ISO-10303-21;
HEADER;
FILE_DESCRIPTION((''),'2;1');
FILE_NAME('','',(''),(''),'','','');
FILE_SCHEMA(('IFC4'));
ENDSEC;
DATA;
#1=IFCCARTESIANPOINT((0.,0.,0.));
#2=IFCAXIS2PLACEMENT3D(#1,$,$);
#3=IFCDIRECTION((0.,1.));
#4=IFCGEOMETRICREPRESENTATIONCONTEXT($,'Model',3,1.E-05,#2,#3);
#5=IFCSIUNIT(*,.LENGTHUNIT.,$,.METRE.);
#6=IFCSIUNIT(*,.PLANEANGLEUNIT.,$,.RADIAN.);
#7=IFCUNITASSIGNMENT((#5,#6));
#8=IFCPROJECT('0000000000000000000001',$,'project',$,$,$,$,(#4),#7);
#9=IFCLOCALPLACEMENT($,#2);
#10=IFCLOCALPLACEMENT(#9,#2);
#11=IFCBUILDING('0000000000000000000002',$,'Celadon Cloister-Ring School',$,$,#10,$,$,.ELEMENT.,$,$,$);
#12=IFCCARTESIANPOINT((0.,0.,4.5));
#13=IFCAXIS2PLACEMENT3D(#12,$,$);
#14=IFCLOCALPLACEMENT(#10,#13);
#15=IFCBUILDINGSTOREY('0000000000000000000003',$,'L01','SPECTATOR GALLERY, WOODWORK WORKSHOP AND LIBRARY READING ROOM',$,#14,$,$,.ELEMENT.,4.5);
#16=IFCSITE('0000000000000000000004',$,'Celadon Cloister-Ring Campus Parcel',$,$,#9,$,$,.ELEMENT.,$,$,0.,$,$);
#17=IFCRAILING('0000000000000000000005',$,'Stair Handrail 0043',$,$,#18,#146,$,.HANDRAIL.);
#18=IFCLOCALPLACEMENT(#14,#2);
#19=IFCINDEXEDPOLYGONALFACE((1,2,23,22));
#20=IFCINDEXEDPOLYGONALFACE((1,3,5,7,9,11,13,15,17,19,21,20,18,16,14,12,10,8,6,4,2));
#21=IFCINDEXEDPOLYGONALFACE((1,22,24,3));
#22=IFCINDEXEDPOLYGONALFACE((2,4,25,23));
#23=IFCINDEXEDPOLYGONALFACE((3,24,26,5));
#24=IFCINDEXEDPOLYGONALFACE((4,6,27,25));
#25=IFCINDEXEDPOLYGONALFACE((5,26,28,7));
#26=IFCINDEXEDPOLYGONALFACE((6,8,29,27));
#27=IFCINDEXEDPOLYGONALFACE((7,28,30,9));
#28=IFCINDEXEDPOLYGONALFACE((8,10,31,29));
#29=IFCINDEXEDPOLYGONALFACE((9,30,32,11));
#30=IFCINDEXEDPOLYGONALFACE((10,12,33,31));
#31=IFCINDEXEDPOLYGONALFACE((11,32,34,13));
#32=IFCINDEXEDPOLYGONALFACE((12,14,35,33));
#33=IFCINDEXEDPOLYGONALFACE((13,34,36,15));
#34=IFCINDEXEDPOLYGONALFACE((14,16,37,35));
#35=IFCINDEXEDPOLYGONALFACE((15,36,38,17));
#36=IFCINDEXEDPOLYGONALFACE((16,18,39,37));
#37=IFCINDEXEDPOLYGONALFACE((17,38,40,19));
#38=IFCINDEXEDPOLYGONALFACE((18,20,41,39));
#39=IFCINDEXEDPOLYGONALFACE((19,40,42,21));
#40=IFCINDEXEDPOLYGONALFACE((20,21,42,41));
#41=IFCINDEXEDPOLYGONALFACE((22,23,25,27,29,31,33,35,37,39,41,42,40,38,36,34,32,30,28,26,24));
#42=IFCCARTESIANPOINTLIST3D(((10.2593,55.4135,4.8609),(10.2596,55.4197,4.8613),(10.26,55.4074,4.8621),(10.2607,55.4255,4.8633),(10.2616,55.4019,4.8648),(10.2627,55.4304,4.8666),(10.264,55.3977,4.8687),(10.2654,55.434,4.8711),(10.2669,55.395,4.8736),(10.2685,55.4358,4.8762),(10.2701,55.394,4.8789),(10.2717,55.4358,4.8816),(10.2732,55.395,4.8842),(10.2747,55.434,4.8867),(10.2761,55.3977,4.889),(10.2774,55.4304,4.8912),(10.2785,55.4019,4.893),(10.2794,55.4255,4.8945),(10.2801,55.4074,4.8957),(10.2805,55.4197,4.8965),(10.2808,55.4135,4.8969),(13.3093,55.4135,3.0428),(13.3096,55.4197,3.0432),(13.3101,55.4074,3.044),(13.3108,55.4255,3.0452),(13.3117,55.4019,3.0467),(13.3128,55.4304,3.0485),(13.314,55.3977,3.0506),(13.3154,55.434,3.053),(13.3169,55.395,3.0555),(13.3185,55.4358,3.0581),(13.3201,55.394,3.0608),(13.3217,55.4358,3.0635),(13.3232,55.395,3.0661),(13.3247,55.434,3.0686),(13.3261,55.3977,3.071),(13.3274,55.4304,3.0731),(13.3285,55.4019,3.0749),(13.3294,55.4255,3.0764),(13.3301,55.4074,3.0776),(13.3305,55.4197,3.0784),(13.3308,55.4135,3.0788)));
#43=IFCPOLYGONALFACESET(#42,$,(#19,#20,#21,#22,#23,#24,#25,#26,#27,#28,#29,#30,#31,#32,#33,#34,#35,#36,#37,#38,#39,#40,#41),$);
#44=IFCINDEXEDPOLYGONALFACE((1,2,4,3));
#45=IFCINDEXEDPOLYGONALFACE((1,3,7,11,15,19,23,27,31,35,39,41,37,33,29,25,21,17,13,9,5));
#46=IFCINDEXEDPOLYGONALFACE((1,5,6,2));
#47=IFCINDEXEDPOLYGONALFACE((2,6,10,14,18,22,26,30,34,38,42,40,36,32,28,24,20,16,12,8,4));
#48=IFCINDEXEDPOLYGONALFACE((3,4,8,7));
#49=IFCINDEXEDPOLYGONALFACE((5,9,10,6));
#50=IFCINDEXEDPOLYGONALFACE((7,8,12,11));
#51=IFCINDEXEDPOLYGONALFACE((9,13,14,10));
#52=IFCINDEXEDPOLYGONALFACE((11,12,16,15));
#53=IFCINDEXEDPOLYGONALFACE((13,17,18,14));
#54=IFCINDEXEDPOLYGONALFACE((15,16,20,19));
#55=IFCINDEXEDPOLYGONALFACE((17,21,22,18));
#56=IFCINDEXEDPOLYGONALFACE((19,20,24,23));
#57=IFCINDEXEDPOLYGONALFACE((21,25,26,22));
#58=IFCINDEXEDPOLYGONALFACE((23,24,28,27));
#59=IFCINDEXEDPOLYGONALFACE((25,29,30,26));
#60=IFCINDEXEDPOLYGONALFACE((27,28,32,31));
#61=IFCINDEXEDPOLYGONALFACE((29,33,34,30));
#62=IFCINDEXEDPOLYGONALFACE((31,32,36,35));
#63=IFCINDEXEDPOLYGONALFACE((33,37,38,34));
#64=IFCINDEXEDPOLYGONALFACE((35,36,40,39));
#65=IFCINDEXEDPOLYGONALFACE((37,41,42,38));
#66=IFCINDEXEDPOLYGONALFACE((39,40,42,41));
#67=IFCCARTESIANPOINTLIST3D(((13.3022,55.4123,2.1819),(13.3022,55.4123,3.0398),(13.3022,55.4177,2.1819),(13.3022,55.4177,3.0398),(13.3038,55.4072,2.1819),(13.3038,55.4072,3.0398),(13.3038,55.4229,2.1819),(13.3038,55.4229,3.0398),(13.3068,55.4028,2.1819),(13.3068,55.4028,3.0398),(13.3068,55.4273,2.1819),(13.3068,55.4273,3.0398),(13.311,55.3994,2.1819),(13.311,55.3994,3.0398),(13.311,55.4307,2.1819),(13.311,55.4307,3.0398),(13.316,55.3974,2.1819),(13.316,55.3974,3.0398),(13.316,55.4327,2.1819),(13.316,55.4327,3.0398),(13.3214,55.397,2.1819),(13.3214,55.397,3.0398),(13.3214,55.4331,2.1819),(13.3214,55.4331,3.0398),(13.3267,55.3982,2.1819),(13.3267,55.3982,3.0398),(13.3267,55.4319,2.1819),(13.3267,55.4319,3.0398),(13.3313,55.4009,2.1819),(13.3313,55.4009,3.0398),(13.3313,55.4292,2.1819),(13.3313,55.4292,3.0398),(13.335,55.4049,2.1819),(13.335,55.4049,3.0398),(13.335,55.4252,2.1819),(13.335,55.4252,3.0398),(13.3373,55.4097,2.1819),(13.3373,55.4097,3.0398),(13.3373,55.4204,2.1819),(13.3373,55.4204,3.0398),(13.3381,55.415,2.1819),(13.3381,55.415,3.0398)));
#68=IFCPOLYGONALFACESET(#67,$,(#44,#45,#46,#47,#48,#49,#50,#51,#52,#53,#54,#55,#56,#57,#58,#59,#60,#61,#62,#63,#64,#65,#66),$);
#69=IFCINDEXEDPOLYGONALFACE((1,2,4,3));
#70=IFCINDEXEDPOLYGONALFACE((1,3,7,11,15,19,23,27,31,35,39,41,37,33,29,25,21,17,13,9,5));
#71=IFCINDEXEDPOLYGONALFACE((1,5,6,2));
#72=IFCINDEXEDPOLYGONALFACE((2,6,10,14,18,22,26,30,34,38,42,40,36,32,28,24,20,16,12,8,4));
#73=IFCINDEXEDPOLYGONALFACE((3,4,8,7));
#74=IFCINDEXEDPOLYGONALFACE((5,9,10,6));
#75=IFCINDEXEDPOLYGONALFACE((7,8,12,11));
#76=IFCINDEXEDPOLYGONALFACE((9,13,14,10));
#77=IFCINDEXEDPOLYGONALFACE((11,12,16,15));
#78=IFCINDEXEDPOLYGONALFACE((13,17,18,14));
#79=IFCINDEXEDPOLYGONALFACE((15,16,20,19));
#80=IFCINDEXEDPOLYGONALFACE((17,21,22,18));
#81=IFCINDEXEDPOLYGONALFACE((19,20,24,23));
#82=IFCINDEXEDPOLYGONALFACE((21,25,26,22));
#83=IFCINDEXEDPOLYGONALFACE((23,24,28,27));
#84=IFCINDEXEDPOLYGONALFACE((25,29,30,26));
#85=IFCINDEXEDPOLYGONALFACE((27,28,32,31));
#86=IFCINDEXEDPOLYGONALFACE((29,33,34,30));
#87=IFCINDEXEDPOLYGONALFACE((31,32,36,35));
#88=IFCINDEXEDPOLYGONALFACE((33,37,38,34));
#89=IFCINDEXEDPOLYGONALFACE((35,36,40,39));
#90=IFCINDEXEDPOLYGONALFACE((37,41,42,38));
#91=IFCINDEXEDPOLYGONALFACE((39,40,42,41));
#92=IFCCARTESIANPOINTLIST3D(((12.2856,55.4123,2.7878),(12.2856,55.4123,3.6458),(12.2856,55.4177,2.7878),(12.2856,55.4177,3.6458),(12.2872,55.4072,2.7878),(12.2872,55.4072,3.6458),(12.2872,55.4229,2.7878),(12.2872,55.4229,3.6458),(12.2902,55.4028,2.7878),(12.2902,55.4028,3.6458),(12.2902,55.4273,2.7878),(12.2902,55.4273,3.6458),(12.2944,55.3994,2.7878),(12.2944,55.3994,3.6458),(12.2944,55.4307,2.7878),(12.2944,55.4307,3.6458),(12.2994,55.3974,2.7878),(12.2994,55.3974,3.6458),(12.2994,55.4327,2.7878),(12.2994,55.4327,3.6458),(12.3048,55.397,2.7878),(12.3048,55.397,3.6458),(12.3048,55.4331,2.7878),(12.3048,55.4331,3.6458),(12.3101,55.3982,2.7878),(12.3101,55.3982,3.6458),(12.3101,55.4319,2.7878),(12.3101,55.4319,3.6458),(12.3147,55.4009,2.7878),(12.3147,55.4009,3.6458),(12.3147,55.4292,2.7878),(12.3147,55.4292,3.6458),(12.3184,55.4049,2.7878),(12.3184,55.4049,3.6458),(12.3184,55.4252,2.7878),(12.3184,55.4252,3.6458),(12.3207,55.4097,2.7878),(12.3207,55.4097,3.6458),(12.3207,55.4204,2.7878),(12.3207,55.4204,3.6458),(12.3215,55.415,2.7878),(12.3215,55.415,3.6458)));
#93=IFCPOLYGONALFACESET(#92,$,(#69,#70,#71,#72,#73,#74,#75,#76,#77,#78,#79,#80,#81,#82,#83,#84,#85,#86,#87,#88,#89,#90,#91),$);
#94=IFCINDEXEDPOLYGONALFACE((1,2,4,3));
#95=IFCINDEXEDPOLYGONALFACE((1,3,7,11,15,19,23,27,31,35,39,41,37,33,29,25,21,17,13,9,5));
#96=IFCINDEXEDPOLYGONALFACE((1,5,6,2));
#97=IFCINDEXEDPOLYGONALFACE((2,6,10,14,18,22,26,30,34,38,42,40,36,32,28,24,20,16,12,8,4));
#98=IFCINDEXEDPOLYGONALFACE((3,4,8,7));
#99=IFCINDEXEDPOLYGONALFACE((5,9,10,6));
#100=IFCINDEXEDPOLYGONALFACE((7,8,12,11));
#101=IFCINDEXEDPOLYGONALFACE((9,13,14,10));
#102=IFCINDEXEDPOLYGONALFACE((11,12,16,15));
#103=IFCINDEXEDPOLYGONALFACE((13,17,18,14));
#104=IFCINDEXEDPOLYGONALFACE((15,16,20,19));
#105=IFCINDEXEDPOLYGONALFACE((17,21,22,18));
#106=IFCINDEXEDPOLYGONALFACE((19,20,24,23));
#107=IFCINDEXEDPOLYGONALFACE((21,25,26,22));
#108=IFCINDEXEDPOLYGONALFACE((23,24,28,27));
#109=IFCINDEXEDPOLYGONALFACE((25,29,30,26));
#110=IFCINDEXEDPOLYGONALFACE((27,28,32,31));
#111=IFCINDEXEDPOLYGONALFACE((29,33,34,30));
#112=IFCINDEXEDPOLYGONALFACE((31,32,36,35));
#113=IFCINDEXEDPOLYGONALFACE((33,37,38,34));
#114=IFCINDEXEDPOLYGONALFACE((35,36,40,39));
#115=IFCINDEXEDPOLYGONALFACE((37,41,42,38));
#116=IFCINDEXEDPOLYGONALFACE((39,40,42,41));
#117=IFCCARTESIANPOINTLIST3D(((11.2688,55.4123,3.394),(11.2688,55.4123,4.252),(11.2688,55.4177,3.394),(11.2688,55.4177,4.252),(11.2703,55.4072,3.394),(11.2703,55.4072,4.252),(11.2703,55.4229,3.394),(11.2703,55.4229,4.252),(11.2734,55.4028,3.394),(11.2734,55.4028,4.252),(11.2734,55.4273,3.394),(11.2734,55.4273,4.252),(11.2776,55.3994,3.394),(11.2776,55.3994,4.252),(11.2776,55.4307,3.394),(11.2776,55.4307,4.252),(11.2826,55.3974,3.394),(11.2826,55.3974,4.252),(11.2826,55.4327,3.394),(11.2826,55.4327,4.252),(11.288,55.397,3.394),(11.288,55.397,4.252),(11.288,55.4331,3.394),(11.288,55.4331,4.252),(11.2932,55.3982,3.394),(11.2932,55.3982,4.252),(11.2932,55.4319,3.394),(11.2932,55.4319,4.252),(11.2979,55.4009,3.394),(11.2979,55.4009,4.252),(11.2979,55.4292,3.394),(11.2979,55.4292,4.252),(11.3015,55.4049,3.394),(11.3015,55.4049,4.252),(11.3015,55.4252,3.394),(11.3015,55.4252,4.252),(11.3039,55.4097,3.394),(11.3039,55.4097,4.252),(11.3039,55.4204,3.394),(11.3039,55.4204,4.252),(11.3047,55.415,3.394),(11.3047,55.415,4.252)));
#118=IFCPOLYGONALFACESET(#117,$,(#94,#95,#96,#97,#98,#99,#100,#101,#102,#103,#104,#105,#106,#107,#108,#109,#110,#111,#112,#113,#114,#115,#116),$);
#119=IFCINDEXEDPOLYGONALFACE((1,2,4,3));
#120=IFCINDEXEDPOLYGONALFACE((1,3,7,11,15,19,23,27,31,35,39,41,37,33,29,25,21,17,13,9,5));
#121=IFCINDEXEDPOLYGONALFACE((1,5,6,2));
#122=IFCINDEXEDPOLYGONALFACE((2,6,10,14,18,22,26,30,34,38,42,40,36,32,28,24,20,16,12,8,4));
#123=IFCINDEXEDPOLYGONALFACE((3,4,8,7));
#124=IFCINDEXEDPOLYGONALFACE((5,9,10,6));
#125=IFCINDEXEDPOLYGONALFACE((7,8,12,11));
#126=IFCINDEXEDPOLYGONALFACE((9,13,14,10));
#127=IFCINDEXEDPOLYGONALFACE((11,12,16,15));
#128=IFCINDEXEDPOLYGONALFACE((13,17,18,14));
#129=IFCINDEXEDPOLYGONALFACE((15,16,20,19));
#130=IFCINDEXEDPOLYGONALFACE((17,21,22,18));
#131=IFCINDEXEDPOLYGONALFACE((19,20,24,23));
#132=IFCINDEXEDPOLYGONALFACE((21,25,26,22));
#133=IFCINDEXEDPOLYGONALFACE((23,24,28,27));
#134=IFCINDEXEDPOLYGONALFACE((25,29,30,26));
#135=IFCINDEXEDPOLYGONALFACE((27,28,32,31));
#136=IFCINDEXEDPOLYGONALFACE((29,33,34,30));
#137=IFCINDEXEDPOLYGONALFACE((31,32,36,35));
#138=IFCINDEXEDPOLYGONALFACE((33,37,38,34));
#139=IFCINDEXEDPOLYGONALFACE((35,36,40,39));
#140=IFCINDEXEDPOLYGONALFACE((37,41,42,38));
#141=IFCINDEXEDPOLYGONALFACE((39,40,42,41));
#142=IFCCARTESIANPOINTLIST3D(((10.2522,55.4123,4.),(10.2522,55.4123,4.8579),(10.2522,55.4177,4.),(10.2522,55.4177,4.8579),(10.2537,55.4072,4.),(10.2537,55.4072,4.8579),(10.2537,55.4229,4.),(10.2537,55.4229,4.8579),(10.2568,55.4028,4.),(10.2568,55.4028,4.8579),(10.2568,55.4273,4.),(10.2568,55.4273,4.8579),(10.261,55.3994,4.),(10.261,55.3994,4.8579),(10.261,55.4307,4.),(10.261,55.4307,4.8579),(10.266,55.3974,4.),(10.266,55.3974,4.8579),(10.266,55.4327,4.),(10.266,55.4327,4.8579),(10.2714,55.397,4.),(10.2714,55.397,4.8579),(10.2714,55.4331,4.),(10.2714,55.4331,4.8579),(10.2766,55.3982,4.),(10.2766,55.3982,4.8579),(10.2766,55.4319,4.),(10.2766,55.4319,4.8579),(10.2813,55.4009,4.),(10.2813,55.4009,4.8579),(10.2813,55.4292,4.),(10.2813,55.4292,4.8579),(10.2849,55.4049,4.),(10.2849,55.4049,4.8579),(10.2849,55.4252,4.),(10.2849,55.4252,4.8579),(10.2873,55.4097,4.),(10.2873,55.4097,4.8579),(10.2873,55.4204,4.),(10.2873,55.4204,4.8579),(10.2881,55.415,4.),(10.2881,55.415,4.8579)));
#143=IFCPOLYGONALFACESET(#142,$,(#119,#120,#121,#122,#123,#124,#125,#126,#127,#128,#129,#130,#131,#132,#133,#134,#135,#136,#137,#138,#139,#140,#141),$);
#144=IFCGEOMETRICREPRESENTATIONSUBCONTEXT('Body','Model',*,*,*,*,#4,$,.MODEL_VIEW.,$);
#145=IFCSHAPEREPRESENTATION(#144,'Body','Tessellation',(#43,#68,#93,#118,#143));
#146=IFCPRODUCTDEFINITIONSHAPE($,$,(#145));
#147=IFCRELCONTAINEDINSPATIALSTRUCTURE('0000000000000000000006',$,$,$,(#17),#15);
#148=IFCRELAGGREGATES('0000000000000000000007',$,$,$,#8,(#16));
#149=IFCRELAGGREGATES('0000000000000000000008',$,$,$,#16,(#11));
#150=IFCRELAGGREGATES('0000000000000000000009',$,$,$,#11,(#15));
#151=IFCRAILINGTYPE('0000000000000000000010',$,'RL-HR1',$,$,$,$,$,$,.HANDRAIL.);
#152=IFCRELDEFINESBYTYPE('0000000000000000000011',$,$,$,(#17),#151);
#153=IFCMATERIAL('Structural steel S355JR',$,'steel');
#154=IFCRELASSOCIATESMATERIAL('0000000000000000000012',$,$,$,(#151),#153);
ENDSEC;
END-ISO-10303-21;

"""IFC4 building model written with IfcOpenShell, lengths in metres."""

from ifc_helpers import new_model, si_unit, direction, frame, origin, origin_2d, place, context, subcontext, project, spatial, circle, extrude, material, type_object, element, save


model = new_model("IFC4")

# Units and contexts
model_context = context("Model", 3, precision=1e-05, world=origin(), true_north=direction((0.0, 1.0)))
body_context = subcontext(model_context, "Body", "Model", "MODEL_VIEW")
ifc_project = project(units=[si_unit("LENGTHUNIT", "METRE"), si_unit("PLANEANGLEUNIT", "RADIAN")], contexts=[model_context])

# Site, building, storey
site_placement = place(None, origin())
site = spatial("IfcSite", under=ifc_project, at=site_placement, Name="Celadon Cloister-Ring Campus Parcel", CompositionType="ELEMENT", RefElevation=0.0)
building_placement = place(site_placement, origin())
building = spatial("IfcBuilding", under=site, at=building_placement, Name="Celadon Cloister-Ring School", CompositionType="ELEMENT")
storey_placement = place(building_placement, frame((0.0, 0.0, 4.5)))
storey = spatial("IfcBuildingStorey", under=building, at=storey_placement, Name="L01", Description="SPECTATOR GALLERY, WOODWORK WORKSHOP AND LIBRARY READING ROOM", CompositionType="ELEMENT", Elevation=4.5)

# Railing
ifc_material_1 = material(Name="Structural steel S355JR", Category="steel")
railing_type_1 = type_object("IfcRailingType", Name="RL-HR1", PredefinedType="HANDRAIL", material=ifc_material_1)
for number, where, name in (
    (1, (13.3201, 55.415, 2.1819), "Stair Handrail 0043"),
):
    element("IfcRailing", number, at=place(storey_placement, frame(where)), inside=storey, type_object=railing_type_1, Name=name, PredefinedType="HANDRAIL", context=body_context, shape_type="SweptSolid", body=[
        extrude(circle(Radius=0.021, at=origin_2d()), frame((0.0, 0.0, 0.8789), z_axis=(-0.85897, 0.0, 0.512026), x_axis=(0.0, -1.0, 0.0)), (0.0, 0.0, 1.0), 3.5508),
        extrude(circle(Radius=0.0181, at=origin_2d()), origin(), (0.0, 0.0, 1.0), 0.8579),
        extrude(circle(Radius=0.0181, at=origin_2d()), frame((-1.0166, 0.0, 0.606)), (0.0, 0.0, 1.0), 0.8579),
        extrude(circle(Radius=0.0181, at=origin_2d()), frame((-2.0334, 0.0, 1.2122)), (0.0, 0.0, 1.0), 0.8579),
        extrude(circle(Radius=0.0181, at=origin_2d()), frame((-3.05, 0.0, 1.8181)), (0.0, 0.0, 1.0), 0.8579),
    ])

save(model, "model.ifc")
